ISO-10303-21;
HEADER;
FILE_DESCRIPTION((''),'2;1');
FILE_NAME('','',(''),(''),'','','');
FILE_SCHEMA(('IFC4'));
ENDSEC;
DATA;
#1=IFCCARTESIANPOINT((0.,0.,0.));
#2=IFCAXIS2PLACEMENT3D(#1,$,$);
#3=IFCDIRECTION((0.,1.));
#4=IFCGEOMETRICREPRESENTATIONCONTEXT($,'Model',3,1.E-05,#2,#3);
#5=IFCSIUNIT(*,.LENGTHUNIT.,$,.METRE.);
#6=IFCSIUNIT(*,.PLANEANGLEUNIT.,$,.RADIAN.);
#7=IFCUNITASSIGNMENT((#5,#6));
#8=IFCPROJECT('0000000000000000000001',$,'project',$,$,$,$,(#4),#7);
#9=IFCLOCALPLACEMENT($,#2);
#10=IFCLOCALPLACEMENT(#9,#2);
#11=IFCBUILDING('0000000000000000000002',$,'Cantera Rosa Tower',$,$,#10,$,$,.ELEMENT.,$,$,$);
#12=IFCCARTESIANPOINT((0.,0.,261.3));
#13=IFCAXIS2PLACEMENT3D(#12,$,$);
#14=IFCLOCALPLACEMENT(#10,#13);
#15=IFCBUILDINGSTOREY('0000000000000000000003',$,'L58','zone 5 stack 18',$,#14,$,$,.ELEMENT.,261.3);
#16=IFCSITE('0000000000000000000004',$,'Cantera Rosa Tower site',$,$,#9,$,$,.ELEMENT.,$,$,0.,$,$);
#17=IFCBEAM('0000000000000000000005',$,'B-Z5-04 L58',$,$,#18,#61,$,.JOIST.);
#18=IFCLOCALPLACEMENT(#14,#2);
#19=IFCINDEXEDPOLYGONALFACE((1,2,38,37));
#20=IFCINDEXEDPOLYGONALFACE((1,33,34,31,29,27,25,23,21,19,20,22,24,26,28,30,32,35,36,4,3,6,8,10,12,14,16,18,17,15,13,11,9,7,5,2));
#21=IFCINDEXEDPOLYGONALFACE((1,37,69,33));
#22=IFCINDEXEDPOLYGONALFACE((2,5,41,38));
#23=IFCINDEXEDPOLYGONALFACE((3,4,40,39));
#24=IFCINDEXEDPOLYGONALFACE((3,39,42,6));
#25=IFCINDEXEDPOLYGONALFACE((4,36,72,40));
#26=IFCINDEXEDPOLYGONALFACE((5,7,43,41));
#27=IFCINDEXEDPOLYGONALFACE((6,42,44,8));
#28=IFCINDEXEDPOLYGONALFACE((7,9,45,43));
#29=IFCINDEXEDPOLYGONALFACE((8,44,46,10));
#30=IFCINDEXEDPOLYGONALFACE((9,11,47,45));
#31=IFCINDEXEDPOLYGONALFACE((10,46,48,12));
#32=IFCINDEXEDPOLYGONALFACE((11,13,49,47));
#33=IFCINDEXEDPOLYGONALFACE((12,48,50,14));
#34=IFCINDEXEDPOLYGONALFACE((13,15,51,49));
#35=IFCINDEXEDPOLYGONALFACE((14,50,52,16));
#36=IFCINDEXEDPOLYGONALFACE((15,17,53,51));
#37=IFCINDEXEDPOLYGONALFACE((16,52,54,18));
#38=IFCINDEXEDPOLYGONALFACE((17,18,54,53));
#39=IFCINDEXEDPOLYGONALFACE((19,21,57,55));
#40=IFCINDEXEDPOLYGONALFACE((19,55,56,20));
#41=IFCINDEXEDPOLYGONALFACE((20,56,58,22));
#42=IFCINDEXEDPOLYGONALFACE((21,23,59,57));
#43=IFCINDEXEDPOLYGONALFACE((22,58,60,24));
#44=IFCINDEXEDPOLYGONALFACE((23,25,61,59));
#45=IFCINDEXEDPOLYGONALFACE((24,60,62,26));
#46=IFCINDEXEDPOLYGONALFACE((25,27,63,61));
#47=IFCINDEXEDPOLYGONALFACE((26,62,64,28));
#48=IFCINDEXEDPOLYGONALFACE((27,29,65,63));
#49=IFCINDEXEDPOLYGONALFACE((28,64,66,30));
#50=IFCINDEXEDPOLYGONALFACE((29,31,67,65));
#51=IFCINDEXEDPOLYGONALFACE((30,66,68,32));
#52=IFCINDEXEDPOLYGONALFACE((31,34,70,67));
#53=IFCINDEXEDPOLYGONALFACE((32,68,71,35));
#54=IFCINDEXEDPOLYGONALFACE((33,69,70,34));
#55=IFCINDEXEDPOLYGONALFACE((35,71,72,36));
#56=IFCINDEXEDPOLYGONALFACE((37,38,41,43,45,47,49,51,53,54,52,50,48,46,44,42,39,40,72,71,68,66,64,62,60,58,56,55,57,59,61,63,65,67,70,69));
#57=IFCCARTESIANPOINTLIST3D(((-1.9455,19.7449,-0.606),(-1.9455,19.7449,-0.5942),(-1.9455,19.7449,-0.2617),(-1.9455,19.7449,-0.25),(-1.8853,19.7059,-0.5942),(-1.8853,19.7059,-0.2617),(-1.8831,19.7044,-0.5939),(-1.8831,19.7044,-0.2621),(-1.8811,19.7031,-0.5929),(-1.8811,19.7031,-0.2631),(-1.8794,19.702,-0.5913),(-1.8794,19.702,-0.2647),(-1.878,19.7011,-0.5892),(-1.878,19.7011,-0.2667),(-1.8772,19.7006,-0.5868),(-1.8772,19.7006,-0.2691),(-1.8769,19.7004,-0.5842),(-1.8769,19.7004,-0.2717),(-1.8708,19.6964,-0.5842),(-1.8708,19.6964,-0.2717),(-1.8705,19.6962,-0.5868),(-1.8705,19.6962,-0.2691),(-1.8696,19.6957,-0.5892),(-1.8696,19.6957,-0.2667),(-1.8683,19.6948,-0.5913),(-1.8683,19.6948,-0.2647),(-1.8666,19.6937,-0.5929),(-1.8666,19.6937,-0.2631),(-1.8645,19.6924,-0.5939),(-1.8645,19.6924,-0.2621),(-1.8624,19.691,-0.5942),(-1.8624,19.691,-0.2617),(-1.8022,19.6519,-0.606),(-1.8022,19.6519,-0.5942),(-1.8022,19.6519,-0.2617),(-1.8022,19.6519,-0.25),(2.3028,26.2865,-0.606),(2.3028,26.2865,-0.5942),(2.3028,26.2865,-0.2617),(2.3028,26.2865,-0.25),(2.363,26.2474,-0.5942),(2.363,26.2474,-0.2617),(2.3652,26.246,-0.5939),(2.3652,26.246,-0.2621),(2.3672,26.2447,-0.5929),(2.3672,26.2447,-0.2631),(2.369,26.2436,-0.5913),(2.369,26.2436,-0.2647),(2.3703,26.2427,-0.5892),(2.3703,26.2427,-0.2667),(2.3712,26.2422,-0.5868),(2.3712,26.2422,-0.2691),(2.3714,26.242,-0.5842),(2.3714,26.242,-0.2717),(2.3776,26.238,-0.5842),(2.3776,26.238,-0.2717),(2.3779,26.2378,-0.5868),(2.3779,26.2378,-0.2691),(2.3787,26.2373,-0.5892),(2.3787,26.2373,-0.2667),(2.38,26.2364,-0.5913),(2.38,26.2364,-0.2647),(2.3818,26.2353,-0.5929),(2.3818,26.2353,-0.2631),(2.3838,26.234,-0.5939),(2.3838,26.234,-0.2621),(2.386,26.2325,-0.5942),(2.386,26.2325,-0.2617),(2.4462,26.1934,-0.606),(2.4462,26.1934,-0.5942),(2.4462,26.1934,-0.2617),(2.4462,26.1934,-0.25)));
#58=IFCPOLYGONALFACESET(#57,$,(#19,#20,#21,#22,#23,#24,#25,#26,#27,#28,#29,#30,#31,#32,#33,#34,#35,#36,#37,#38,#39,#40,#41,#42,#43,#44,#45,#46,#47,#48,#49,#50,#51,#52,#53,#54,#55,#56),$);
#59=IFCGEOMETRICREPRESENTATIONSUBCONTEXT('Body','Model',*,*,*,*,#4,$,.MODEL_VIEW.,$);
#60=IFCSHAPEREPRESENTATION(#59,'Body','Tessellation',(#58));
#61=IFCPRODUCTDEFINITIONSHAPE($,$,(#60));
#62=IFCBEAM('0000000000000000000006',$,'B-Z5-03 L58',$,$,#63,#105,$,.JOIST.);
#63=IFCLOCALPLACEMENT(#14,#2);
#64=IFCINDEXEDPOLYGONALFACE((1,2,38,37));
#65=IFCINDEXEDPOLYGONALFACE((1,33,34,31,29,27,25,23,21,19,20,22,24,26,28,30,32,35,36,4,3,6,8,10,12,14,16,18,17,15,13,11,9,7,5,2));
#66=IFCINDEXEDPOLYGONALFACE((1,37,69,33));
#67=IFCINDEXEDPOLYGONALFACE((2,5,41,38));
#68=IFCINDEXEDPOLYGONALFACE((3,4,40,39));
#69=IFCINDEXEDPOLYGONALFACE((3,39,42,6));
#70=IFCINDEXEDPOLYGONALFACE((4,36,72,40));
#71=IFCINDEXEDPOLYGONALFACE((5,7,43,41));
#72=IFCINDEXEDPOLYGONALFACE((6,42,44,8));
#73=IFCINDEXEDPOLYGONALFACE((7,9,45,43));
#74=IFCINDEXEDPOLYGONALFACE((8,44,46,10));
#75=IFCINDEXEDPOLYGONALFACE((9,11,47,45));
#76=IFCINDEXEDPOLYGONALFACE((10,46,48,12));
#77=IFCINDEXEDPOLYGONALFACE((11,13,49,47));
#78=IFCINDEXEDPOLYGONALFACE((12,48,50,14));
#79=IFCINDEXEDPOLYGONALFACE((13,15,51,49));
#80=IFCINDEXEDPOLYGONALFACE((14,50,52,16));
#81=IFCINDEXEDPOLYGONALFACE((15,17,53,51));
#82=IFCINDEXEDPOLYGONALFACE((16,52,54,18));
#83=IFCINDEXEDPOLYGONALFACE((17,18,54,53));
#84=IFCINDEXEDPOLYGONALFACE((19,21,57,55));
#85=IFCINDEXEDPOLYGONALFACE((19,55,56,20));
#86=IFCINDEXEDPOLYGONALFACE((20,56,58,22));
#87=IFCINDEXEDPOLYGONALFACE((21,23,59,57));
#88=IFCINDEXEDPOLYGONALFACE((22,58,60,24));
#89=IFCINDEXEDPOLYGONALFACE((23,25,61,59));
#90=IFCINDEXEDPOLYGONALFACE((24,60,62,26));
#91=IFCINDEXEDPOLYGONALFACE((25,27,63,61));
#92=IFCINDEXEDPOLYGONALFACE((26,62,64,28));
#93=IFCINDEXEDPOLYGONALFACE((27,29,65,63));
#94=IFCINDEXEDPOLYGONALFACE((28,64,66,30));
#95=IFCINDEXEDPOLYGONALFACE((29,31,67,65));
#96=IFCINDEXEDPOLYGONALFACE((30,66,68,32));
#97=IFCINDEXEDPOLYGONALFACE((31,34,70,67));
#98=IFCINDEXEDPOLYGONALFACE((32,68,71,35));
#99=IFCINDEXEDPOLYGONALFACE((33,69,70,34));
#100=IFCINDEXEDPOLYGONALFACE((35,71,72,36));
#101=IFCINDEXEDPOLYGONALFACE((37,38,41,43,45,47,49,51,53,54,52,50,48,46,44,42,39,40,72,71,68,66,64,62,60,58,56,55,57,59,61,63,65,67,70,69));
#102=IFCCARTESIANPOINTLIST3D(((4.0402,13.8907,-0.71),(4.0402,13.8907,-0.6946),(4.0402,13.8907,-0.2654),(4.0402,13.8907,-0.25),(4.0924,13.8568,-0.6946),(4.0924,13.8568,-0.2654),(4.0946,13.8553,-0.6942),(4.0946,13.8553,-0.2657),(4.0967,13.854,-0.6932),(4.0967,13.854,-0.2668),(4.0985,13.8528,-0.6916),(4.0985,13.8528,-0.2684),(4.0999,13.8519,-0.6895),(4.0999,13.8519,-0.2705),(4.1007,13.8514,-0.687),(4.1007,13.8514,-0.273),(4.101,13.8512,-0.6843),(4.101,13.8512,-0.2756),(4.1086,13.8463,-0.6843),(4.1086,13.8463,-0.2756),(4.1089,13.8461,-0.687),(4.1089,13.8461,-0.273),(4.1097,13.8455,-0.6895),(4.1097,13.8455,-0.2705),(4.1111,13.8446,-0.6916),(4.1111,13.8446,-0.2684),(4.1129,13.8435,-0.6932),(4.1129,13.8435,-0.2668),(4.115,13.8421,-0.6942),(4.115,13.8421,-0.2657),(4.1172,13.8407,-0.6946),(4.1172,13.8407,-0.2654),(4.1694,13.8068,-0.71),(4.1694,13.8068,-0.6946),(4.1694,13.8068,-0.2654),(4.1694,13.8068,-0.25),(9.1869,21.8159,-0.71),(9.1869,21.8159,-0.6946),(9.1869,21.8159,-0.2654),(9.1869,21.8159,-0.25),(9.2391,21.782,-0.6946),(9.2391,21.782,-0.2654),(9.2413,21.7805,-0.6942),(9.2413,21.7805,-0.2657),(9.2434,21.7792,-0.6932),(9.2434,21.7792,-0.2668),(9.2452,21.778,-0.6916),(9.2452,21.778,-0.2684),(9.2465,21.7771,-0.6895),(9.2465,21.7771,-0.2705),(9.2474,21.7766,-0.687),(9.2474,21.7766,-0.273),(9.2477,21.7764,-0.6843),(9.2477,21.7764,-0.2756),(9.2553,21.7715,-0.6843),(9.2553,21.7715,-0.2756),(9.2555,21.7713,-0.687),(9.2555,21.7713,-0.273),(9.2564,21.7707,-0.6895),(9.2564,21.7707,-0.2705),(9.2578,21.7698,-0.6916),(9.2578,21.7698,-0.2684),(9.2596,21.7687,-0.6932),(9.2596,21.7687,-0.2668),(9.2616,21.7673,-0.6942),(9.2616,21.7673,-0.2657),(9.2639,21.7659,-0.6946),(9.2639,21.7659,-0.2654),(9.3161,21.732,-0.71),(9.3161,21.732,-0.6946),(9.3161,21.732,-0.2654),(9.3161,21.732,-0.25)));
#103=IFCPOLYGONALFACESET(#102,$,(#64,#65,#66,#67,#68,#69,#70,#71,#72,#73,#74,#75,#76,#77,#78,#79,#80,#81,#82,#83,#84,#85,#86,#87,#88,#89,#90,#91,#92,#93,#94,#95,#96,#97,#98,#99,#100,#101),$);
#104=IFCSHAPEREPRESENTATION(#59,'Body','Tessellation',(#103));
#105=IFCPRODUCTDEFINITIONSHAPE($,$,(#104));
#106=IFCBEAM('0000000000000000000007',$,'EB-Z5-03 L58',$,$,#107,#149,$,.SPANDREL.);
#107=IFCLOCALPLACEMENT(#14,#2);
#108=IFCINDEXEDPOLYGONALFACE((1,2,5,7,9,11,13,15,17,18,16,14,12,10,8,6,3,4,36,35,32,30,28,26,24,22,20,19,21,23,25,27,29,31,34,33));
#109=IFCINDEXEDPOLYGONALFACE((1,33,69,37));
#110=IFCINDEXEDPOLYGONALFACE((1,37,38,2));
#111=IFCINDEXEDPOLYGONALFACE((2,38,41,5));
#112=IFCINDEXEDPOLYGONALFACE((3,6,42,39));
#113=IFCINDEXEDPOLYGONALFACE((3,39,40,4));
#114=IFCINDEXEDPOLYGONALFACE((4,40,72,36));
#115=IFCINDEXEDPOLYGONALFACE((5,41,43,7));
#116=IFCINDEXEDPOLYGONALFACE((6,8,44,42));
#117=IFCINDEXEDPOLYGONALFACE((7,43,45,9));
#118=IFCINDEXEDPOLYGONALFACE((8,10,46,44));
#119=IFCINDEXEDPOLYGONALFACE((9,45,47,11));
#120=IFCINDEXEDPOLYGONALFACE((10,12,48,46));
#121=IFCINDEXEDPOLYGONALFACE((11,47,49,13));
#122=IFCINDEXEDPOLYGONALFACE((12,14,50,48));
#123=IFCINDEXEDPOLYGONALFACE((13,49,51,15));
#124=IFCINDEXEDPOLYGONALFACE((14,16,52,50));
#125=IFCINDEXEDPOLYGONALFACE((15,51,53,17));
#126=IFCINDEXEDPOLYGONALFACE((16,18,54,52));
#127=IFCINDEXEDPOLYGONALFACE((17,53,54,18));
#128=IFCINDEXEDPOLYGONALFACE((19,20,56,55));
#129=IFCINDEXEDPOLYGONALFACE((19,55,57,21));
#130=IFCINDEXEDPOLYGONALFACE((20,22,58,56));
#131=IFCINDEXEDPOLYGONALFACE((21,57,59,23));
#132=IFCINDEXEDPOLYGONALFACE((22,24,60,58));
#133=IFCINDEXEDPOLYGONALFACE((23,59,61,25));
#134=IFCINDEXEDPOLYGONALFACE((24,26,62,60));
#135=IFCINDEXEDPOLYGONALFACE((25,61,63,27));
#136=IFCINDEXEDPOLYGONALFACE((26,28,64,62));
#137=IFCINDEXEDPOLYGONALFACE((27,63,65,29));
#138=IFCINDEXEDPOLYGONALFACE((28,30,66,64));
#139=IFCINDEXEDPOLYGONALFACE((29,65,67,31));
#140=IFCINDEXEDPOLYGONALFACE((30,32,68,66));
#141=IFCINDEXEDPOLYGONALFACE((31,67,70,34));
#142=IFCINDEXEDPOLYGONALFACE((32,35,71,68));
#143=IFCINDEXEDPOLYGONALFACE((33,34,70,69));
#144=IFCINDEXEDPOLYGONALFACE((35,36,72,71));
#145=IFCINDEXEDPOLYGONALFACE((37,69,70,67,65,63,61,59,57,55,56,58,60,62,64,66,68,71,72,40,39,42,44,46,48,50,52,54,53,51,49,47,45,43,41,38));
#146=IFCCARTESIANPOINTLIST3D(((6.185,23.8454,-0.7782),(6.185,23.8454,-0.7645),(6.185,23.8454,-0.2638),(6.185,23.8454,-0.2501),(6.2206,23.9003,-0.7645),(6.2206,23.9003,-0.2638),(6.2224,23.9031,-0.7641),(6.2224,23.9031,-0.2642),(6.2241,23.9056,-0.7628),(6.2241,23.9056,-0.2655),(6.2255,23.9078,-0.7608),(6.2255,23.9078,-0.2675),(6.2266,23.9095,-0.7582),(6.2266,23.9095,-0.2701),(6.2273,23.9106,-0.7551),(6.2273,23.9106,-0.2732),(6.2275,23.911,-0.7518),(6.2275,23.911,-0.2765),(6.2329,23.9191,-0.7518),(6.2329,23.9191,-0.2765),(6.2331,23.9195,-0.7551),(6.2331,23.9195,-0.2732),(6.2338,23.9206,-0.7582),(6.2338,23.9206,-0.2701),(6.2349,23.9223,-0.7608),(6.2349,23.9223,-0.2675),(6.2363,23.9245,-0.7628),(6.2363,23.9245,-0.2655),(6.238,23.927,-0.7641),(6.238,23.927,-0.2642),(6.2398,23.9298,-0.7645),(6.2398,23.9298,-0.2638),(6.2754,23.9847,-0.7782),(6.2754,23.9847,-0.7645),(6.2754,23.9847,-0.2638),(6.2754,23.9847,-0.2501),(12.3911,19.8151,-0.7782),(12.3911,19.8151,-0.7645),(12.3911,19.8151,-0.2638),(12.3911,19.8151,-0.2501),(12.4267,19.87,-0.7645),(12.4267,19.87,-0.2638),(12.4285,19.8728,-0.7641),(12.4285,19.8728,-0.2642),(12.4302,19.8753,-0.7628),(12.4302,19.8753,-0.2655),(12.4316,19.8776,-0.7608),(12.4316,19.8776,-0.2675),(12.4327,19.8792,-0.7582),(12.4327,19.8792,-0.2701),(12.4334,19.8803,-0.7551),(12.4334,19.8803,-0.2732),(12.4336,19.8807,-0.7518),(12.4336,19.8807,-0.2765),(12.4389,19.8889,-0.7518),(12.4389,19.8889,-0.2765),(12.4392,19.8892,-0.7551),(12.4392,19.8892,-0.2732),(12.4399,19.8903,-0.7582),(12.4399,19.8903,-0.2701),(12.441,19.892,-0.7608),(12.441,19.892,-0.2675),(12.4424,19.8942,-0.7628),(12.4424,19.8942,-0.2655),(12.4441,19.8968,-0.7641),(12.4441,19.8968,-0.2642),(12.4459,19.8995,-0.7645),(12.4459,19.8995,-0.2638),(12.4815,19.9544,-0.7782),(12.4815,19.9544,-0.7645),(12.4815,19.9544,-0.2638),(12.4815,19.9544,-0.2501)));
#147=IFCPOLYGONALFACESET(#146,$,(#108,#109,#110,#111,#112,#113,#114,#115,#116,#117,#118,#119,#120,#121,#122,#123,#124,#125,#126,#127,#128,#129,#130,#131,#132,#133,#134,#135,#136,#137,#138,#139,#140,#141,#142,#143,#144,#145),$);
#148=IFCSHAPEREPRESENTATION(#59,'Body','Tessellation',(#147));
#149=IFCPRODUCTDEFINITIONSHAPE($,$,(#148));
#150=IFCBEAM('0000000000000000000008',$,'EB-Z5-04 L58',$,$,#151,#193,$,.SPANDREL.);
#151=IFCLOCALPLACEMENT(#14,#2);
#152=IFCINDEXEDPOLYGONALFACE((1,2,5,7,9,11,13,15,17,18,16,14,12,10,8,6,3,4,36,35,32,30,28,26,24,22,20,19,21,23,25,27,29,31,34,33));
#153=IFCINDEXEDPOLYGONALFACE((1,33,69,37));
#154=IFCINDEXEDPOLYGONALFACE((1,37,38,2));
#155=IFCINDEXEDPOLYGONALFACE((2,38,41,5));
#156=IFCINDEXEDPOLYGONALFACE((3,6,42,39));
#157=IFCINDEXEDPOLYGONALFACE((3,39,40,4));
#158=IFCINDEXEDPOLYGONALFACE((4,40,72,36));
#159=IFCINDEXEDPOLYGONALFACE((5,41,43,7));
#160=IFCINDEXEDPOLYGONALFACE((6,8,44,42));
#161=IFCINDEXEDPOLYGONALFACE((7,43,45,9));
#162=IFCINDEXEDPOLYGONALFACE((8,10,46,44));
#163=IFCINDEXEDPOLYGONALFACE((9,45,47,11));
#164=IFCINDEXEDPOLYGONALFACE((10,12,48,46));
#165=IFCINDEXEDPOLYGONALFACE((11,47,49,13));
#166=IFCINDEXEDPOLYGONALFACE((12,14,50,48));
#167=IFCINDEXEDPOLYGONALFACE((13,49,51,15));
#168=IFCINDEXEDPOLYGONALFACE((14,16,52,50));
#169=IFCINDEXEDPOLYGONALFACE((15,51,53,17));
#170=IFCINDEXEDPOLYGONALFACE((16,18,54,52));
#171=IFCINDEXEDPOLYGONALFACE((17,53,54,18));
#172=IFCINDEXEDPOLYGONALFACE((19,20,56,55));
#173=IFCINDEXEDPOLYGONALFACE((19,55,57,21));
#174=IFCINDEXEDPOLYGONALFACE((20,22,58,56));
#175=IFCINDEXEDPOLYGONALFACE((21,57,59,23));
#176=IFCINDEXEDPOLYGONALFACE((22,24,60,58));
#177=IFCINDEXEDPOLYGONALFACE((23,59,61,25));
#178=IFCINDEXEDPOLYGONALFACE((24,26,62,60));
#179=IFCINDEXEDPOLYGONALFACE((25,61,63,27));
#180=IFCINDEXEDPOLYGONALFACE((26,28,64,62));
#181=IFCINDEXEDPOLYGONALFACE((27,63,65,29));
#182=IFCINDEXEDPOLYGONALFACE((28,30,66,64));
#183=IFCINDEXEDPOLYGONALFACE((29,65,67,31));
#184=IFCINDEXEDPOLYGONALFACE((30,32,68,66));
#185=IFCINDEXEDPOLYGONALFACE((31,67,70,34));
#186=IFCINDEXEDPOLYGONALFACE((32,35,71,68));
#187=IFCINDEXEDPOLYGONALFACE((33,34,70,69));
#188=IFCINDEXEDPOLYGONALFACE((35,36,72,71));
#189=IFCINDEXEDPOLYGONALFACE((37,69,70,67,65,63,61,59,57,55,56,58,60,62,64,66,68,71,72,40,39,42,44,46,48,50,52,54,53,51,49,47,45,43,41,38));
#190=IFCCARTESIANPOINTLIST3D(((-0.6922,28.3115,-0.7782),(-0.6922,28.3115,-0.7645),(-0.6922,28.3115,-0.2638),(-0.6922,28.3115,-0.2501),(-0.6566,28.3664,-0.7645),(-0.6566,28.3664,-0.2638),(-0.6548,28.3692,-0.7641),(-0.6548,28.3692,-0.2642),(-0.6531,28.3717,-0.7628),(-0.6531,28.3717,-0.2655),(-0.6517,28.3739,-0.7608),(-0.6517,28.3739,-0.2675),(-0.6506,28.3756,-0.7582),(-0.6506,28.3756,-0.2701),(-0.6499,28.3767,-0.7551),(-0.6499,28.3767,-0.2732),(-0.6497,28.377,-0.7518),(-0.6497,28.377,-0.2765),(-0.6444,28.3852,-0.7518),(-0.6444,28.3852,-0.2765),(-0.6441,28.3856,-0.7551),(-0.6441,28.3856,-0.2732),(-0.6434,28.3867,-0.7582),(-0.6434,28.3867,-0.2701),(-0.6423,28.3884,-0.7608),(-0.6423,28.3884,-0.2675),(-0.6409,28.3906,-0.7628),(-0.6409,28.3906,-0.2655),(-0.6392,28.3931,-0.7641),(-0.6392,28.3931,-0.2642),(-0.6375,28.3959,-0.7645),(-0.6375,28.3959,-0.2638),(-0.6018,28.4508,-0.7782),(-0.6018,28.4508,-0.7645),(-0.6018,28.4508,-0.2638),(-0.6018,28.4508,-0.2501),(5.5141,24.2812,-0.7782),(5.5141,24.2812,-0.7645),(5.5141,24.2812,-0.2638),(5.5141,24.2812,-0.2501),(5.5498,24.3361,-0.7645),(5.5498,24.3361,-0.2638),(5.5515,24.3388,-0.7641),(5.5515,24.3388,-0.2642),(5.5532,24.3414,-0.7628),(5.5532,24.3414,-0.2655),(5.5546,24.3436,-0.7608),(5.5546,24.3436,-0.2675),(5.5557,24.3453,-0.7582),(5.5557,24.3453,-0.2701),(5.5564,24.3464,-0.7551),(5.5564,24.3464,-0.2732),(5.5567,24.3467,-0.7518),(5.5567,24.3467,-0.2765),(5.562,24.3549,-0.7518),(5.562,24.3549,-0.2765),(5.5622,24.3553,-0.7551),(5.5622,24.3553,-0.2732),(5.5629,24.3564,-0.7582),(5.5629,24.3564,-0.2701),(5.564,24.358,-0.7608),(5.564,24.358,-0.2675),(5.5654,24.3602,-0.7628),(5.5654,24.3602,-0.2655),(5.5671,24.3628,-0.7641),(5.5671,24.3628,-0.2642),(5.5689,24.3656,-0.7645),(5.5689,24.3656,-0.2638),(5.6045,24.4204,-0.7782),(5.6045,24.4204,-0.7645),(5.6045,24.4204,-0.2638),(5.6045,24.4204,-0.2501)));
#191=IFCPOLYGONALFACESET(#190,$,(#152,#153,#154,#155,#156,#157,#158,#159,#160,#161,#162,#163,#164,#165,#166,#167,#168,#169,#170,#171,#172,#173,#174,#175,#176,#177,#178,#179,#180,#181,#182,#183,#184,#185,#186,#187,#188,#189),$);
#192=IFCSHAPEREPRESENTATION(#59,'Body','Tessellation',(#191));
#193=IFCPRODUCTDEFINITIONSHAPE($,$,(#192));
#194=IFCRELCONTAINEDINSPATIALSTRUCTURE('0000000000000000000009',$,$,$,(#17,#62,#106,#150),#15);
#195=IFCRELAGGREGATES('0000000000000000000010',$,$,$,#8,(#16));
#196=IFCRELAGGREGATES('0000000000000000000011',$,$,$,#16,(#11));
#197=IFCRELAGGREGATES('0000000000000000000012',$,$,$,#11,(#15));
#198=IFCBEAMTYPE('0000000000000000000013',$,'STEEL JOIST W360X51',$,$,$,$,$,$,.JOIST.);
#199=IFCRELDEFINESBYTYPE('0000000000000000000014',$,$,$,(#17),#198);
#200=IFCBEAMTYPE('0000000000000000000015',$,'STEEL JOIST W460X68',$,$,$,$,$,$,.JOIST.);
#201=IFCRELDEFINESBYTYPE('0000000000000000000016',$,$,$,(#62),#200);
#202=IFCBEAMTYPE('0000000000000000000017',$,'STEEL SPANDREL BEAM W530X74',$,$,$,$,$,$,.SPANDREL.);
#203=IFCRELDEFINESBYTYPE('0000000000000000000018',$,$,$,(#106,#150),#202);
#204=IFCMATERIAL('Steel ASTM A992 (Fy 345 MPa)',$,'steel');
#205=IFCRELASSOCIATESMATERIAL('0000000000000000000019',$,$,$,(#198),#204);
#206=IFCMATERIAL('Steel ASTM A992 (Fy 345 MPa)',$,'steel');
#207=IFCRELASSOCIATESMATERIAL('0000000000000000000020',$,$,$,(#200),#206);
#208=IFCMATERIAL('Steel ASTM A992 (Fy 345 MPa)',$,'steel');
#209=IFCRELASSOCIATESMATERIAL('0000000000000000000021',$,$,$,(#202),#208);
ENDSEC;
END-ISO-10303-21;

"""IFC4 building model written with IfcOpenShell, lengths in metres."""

from ifc_helpers import new_model, si_unit, direction, frame, origin, origin_2d, place, context, subcontext, project, spatial, i_section, extrude, material, material_profile, profile_set, type_object, element, save


model = new_model("IFC4")

# Units and contexts
model_context = context("Model", 3, precision=1e-05, world=origin(), true_north=direction((0.0, 1.0)))
body_context = subcontext(model_context, "Body", "Model", "MODEL_VIEW")
ifc_project = project(units=[si_unit("LENGTHUNIT", "METRE"), si_unit("PLANEANGLEUNIT", "RADIAN")], contexts=[model_context])

# Site, building, storey
site_placement = place(None, origin())
site = spatial("IfcSite", under=ifc_project, at=site_placement, Name="Cantera Rosa Tower site", CompositionType="ELEMENT", RefElevation=0.0)
building_placement = place(site_placement, origin())
building = spatial("IfcBuilding", under=site, at=building_placement, Name="Cantera Rosa Tower", CompositionType="ELEMENT")
storey_placement = place(building_placement, frame((0.0, 0.0, 261.3)))
storey = spatial("IfcBuildingStorey", under=building, at=storey_placement, Name="L58", Description="zone 5 stack 18", CompositionType="ELEMENT", Elevation=261.3)

# Beams
ifc_material_1 = material(Name="Steel ASTM A992 (Fy 345 MPa)", Category="steel")
ifc_material_profile_1 = material_profile(ifc_material_1, i_section(OverallWidth=0.1709, OverallDepth=0.356, WebThickness=0.0073, FlangeThickness=0.0117, FilletRadius=0.01, at=origin_2d()), Name="W360X51")
ifc_profile_set_1 = profile_set([ifc_material_profile_1], Name="Steel ASTM A992 (Fy 345 MPa)")
beam_type_1 = type_object("IfcBeamType", Name="STEEL JOIST W360X51", PredefinedType="JOIST", material=ifc_profile_set_1)
beam_1_placement = place(storey_placement, frame((2.3745, 26.24, -0.428), z_axis=(-0.544656, -0.83866, 0.0), x_axis=(0.83866, -0.544656, 0.0)))
element("IfcBeam", 1, at=beam_1_placement, inside=storey, type_object=beam_type_1, Name="B-Z5-04 L58", PredefinedType="JOIST", context=body_context, shape_type="SweptSolid", body=[
    extrude(i_section(OverallWidth=0.1709, OverallDepth=0.356, WebThickness=0.0073, FlangeThickness=0.0117, FilletRadius=0.01, at=origin_2d()), origin(), (0.0, 0.0, 1.0), 7.8),
])
ifc_material_2 = material(Name="Steel ASTM A992 (Fy 345 MPa)", Category="steel")
ifc_material_profile_2 = material_profile(ifc_material_2, i_section(OverallWidth=0.1541, OverallDepth=0.46, WebThickness=0.009, FlangeThickness=0.0154, FilletRadius=0.0103, at=origin_2d()), Name="W460X68")
ifc_profile_set_2 = profile_set([ifc_material_profile_2], Name="Steel ASTM A992 (Fy 345 MPa)")
beam_type_2 = type_object("IfcBeamType", Name="STEEL JOIST W460X68", PredefinedType="JOIST", material=ifc_profile_set_2)
beam_2_placement = place(storey_placement, frame((9.2515, 21.7739, -0.48), z_axis=(-0.544638, -0.838671, 0.0), x_axis=(0.838671, -0.544638, 0.0)))
element("IfcBeam", 2, at=beam_2_placement, inside=storey, type_object=beam_type_2, Name="B-Z5-03 L58", PredefinedType="JOIST", context=body_context, shape_type="SweptSolid", body=[
    extrude(i_section(OverallWidth=0.1541, OverallDepth=0.46, WebThickness=0.009, FlangeThickness=0.0154, FilletRadius=0.0103, at=origin_2d()), origin(), (0.0, 0.0, 1.0), 9.4497),
])
ifc_material_3 = material(Name="Steel ASTM A992 (Fy 345 MPa)", Category="steel")
ifc_material_profile_3 = material_profile(ifc_material_3, i_section(OverallWidth=0.166, OverallDepth=0.5281, WebThickness=0.0098, FlangeThickness=0.0137, FilletRadius=0.0127, at=origin_2d()), Name="W530X74")
ifc_profile_set_3 = profile_set([ifc_material_profile_3], Name="Steel ASTM A992 (Fy 345 MPa)")
beam_type_3 = type_object("IfcBeamType", Name="STEEL SPANDREL BEAM W530X74", PredefinedType="SPANDREL", material=ifc_profile_set_3)
beam_3_placement = place(storey_placement, frame((12.4363, 19.8848, -0.5142), z_axis=(-0.83867, 0.54464, 0.0), x_axis=(-0.54464, -0.83867, 0.0)))
element("IfcBeam", 3, at=beam_3_placement, inside=storey, type_object=beam_type_3, Name="EB-Z5-03 L58", PredefinedType="SPANDREL", context=body_context, shape_type="SweptSolid", body=[
    extrude(i_section(OverallWidth=0.166, OverallDepth=0.5281, WebThickness=0.0098, FlangeThickness=0.0137, FilletRadius=0.0127, at=origin_2d()), origin(), (0.0, 0.0, 1.0), 7.3999),
])
beam_4_placement = place(storey_placement, frame((5.5593, 24.3508, -0.5142), z_axis=(-0.838679, 0.544625, 0.0), x_axis=(-0.544625, -0.838679, 0.0)))
element("IfcBeam", 4, at=beam_4_placement, inside=storey, type_object=beam_type_3, Name="EB-Z5-04 L58", PredefinedType="SPANDREL", context=body_context, shape_type="SweptSolid", body=[
    extrude(i_section(OverallWidth=0.166, OverallDepth=0.5281, WebThickness=0.0098, FlangeThickness=0.0137, FilletRadius=0.0127, at=origin_2d()), origin(), (0.0, 0.0, 1.0), 7.4001),
])

save(model, "model.ifc")
